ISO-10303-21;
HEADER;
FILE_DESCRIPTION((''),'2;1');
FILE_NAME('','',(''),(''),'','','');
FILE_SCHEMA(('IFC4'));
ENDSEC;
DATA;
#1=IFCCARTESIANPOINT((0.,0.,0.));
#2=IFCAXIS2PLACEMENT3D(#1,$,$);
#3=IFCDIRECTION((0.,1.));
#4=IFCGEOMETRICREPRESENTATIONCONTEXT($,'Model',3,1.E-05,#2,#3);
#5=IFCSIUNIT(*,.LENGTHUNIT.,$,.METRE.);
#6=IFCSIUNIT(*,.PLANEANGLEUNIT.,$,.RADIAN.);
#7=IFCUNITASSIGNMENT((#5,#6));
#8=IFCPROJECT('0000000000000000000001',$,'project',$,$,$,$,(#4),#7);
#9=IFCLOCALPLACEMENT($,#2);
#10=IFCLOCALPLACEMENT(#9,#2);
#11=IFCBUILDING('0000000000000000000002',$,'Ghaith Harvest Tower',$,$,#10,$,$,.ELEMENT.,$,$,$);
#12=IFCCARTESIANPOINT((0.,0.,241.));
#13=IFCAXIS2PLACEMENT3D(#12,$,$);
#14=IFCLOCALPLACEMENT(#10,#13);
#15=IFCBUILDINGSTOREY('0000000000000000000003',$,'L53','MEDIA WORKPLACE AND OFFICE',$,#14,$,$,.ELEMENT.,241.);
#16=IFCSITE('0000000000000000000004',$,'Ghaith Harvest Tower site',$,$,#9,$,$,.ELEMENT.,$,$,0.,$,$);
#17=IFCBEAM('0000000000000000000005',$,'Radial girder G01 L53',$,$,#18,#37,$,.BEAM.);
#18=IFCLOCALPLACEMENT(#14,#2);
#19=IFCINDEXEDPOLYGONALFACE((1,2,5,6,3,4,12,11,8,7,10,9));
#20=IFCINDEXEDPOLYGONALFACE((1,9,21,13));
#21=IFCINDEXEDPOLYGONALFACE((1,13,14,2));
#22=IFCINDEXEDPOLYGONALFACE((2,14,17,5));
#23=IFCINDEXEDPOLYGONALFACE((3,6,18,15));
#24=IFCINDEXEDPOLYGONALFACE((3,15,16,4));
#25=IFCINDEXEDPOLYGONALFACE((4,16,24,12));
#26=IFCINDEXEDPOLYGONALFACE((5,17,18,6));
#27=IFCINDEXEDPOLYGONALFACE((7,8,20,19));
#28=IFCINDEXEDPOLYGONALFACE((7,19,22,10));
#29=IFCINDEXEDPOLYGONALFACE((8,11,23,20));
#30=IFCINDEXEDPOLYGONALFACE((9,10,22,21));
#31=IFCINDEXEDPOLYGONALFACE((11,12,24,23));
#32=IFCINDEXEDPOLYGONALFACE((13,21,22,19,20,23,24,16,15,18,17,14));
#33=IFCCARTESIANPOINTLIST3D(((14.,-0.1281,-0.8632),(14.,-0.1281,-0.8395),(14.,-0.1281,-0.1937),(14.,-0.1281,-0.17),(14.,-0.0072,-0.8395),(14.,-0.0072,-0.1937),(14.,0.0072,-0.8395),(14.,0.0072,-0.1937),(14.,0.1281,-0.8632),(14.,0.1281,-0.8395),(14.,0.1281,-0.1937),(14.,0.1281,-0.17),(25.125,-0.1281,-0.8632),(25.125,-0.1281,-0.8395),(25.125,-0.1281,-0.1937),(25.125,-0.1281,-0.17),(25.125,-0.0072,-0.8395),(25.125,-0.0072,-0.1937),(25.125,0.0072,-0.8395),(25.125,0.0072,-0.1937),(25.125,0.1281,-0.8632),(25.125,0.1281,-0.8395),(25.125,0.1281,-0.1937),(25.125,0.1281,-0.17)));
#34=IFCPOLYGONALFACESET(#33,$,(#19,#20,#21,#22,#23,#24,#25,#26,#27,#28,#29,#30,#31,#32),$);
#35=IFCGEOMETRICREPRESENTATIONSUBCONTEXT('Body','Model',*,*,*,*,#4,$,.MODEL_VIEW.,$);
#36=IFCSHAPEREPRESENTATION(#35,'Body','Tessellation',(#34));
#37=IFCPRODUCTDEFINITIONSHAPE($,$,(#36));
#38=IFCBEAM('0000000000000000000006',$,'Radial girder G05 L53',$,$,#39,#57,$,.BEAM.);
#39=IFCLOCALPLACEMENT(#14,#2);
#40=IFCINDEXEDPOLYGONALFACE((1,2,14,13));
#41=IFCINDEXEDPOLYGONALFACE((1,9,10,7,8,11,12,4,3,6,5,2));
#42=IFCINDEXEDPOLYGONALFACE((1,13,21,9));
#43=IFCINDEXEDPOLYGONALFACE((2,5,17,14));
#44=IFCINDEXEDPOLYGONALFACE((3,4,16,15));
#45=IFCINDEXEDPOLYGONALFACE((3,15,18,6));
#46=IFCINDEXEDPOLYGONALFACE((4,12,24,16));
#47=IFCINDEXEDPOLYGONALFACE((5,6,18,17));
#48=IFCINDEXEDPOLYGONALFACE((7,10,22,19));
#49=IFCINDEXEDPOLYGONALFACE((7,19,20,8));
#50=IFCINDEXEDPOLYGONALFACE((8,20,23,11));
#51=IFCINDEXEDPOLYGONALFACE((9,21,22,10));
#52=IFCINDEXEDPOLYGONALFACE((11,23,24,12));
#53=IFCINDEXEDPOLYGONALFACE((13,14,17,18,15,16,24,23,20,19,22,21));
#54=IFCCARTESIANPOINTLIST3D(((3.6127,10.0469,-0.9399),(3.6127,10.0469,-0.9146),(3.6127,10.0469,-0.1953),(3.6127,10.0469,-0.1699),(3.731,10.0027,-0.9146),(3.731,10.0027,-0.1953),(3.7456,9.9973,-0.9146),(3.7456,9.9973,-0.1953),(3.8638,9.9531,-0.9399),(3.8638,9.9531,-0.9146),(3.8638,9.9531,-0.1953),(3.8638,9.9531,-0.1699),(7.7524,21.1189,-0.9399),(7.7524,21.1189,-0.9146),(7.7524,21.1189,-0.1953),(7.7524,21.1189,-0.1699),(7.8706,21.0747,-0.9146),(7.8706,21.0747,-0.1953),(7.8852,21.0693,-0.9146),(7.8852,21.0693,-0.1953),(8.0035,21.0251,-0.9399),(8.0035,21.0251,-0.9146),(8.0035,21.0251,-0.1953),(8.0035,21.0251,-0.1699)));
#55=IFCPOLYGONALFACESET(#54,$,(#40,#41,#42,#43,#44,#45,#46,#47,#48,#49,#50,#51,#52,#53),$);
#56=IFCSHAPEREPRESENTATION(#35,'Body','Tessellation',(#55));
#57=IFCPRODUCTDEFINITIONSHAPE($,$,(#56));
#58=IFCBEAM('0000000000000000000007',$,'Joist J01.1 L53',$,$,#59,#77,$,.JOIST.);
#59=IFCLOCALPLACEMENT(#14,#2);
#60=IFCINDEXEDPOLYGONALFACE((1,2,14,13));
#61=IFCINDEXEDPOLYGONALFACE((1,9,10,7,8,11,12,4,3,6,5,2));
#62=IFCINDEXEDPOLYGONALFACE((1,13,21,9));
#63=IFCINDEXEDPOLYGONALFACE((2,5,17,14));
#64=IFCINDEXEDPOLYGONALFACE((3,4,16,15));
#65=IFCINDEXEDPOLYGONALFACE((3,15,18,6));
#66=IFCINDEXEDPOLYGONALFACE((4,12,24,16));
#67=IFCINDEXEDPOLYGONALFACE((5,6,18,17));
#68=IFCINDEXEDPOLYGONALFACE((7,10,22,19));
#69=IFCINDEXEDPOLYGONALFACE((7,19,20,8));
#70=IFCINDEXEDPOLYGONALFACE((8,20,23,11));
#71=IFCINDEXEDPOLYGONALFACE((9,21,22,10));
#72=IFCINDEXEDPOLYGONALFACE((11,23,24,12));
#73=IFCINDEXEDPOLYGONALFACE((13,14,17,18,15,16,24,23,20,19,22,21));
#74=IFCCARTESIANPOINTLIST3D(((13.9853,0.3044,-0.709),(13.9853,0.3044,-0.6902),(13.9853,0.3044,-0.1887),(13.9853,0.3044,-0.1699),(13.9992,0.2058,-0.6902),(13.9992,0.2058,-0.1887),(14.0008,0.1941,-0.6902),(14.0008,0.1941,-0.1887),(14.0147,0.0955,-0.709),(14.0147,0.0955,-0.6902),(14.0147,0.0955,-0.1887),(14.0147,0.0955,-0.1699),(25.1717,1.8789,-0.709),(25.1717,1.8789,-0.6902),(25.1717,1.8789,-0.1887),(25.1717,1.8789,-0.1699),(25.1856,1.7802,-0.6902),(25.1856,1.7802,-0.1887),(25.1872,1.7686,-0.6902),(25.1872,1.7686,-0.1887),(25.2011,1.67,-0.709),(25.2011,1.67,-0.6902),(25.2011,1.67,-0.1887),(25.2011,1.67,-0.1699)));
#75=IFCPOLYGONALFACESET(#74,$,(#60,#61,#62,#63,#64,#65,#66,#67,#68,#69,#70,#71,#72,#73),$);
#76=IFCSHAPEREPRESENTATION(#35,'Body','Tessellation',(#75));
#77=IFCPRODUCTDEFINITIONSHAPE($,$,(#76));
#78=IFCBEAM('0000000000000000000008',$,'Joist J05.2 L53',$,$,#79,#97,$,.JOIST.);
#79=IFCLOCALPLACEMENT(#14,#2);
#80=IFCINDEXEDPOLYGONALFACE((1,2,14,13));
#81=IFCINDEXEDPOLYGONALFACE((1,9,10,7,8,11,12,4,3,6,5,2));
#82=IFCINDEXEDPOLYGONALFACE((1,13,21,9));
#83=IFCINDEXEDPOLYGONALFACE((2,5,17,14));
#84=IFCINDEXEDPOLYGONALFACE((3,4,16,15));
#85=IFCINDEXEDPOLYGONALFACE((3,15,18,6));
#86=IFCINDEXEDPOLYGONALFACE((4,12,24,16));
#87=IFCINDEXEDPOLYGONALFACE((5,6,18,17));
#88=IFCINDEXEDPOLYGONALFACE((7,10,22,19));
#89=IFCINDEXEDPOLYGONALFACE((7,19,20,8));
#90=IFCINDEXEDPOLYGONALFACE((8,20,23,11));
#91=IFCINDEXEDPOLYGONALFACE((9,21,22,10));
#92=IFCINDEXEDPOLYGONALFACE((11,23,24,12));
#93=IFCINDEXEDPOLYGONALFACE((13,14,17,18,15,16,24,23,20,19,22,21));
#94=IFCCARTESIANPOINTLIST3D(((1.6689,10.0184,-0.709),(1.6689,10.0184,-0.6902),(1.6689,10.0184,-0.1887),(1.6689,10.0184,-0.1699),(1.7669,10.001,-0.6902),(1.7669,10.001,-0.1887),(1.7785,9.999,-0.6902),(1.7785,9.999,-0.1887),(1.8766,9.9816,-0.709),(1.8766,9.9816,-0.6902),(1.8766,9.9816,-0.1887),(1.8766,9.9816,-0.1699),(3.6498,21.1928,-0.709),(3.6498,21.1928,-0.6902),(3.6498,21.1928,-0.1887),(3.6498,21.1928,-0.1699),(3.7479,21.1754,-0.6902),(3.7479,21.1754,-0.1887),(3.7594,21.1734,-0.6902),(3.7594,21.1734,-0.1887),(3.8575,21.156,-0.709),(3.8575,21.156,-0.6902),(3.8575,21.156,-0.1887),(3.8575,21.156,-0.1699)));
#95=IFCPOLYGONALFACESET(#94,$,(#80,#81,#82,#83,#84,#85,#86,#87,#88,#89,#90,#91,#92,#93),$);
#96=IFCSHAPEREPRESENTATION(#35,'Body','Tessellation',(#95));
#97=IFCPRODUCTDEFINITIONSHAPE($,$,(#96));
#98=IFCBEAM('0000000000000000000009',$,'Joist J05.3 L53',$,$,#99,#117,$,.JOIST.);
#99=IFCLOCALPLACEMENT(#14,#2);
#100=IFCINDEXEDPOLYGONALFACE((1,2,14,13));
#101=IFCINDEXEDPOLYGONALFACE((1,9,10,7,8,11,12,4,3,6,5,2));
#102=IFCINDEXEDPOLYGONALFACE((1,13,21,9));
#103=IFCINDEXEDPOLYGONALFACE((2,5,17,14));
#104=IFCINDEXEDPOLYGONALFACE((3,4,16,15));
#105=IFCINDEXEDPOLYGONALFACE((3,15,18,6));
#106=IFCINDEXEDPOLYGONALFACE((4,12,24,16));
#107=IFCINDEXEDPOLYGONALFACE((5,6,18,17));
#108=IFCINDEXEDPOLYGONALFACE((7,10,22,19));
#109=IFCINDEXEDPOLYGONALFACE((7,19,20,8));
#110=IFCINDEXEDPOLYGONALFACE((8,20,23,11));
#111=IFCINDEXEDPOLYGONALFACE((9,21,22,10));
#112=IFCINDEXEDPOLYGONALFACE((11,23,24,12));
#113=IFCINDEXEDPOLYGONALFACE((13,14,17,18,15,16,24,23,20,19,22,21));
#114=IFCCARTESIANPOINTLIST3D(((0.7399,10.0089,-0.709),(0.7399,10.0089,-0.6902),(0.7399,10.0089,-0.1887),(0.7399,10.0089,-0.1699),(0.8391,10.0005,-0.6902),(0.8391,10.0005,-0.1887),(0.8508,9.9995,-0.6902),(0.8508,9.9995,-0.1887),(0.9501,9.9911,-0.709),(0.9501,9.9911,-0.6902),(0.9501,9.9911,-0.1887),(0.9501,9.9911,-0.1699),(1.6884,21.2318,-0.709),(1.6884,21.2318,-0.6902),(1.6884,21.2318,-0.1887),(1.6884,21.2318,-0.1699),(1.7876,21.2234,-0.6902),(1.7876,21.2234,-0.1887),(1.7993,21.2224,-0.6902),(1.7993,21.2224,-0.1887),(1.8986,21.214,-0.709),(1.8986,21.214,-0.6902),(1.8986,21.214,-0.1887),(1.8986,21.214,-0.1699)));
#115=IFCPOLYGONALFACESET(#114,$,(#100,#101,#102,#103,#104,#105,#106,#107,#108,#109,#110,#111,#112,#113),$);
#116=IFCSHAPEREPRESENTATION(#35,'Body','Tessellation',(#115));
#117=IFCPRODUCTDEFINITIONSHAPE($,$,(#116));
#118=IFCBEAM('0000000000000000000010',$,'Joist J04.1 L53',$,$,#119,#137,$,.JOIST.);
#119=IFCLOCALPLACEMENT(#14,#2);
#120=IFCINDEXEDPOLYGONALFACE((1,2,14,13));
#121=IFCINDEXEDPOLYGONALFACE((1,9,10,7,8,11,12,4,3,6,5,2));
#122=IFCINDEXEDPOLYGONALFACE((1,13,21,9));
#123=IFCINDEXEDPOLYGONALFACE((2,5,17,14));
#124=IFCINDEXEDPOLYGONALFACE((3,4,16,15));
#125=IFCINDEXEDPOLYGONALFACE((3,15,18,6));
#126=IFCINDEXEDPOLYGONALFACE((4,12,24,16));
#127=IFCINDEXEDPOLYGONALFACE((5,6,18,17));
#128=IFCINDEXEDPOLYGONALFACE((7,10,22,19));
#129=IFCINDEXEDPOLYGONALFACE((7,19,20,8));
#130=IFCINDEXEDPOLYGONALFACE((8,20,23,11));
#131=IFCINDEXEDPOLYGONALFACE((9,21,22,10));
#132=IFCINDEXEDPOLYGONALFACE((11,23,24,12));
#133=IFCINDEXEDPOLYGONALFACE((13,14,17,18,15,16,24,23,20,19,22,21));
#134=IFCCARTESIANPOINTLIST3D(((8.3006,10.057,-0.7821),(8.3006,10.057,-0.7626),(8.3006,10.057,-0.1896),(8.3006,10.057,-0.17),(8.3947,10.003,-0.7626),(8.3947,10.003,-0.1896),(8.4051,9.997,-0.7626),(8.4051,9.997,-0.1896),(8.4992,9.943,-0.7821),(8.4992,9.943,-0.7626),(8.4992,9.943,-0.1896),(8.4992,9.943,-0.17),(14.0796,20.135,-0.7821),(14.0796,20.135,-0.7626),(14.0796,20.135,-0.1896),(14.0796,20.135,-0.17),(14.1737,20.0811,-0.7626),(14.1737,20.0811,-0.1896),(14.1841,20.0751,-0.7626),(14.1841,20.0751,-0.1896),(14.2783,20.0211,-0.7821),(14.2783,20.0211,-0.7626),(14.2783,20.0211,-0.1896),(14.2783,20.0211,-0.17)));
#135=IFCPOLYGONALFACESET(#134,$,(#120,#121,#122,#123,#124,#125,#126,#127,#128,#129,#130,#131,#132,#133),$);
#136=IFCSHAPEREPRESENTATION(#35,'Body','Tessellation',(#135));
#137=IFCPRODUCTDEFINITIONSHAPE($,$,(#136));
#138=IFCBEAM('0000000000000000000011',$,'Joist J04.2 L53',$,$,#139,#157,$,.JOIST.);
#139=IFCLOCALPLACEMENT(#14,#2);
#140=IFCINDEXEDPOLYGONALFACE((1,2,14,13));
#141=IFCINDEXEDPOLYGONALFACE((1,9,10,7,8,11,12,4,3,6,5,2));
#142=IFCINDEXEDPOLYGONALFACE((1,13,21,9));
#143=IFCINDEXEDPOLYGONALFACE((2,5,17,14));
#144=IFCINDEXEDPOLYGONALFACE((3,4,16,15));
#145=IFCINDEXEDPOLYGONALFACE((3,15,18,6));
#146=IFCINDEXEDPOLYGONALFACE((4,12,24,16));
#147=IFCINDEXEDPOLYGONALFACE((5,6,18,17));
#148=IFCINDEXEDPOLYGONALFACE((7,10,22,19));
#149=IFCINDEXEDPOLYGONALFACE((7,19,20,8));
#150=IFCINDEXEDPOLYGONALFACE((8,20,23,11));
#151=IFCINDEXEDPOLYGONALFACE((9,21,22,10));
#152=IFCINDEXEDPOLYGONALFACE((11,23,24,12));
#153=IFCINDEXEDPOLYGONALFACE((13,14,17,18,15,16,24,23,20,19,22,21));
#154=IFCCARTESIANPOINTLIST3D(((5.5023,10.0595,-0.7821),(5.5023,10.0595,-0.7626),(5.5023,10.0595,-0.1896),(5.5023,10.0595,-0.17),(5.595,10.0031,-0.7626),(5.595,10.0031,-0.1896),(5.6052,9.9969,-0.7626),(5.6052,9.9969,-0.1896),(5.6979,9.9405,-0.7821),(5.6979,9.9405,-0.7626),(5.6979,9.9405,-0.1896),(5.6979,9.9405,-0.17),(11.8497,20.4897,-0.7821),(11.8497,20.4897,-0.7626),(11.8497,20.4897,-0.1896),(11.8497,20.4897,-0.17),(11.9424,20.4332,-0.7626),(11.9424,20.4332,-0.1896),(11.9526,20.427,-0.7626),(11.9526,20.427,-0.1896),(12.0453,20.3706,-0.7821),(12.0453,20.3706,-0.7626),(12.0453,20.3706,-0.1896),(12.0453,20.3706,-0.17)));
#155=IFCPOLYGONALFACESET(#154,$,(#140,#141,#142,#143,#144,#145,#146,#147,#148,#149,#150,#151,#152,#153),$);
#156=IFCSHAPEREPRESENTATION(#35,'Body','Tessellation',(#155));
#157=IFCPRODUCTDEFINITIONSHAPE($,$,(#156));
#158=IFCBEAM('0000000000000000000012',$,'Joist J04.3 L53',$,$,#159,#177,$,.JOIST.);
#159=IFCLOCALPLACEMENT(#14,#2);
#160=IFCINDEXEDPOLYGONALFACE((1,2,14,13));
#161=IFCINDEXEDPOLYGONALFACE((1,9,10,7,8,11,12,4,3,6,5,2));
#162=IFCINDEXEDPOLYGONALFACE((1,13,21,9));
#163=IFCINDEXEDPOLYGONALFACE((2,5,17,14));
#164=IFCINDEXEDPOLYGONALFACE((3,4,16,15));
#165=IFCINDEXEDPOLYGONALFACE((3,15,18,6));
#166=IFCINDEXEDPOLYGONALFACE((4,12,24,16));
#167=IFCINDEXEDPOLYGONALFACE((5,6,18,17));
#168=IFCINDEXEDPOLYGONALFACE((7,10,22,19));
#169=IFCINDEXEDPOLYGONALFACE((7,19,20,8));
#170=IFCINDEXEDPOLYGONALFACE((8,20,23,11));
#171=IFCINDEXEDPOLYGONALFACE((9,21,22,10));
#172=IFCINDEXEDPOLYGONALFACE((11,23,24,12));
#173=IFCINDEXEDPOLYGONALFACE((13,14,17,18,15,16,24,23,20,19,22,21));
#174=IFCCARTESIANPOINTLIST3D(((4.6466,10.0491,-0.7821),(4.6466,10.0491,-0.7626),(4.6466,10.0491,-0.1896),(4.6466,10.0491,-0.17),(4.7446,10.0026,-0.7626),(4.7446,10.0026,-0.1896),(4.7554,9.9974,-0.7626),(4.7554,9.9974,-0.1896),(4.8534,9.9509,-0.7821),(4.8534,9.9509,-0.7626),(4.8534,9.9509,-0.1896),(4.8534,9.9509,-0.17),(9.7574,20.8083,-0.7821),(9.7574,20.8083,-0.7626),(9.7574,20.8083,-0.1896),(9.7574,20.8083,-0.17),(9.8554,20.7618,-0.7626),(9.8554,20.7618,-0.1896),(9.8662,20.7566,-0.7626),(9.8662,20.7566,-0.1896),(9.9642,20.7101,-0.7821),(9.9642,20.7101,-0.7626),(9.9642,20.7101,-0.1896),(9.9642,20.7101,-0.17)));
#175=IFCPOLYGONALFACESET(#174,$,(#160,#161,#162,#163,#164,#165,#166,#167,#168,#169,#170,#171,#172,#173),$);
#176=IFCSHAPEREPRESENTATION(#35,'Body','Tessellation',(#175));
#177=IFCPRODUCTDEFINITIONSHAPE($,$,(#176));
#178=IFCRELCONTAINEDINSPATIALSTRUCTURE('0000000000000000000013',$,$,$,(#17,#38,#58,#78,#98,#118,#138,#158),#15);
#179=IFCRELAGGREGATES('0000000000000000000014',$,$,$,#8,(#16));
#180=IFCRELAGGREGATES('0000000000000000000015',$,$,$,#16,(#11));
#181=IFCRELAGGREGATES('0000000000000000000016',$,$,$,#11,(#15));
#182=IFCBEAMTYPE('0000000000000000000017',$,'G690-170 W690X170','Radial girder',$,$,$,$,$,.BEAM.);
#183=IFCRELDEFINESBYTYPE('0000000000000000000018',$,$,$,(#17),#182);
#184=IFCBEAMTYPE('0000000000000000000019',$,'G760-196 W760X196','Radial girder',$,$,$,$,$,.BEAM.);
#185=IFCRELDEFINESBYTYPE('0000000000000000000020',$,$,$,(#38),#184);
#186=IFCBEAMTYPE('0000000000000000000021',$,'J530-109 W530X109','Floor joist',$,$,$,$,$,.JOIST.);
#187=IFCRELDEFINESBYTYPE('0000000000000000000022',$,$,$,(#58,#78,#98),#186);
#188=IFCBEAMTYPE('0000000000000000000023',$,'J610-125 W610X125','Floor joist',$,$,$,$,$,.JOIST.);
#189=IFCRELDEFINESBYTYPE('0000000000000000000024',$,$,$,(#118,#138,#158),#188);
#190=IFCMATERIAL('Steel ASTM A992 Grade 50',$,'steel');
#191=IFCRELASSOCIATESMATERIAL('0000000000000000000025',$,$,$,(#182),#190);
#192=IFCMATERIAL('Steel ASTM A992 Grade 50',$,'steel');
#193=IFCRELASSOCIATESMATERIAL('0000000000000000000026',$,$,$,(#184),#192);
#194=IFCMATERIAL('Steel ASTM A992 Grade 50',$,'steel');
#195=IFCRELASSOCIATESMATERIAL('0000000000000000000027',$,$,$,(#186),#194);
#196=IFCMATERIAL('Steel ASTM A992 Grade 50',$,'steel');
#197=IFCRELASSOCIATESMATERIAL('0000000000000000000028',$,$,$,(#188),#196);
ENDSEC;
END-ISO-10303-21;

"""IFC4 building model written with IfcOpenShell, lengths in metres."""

from ifc_helpers import new_model, si_unit, direction, frame, origin, origin_2d, place, context, subcontext, project, spatial, i_section, extrude, material, material_profile, profile_set, type_object, element, save


model = new_model("IFC4")

# Units and contexts
model_context = context("Model", 3, precision=1e-05, world=origin(), true_north=direction((0.0, 1.0)))
body_context = subcontext(model_context, "Body", "Model", "MODEL_VIEW")
ifc_project = project(units=[si_unit("LENGTHUNIT", "METRE"), si_unit("PLANEANGLEUNIT", "RADIAN")], contexts=[model_context])

# Site, building, storey
site_placement = place(None, origin())
site = spatial("IfcSite", under=ifc_project, at=site_placement, Name="Ghaith Harvest Tower site", CompositionType="ELEMENT", RefElevation=0.0)
building_placement = place(site_placement, origin())
building = spatial("IfcBuilding", under=site, at=building_placement, Name="Ghaith Harvest Tower", CompositionType="ELEMENT")
storey_placement = place(building_placement, frame((0.0, 0.0, 241.0)))
storey = spatial("IfcBuildingStorey", under=building, at=storey_placement, Name="L53", Description="MEDIA WORKPLACE AND OFFICE", CompositionType="ELEMENT", Elevation=241.0)

# Beams
ifc_material_1 = material(Name="Steel ASTM A992 Grade 50", Category="steel")
ifc_material_profile_1 = material_profile(ifc_material_1, i_section(OverallWidth=0.2561, OverallDepth=0.6931, WebThickness=0.0144, FlangeThickness=0.0237, at=origin_2d()), Name="W690X170")
ifc_profile_set_1 = profile_set([ifc_material_profile_1], Name="Steel ASTM A992 Grade 50")
beam_type_1 = type_object("IfcBeamType", Name="G690-170 W690X170", Description="Radial girder", PredefinedType="BEAM", material=ifc_profile_set_1)
beam_1_placement = place(storey_placement, frame((14.0, 0.0, -0.5166), z_axis=(1.0, 0.0, 0.0), x_axis=(0.0, 1.0, 0.0)))
element("IfcBeam", 1, at=beam_1_placement, inside=storey, type_object=beam_type_1, Name="Radial girder G01 L53", PredefinedType="BEAM", context=body_context, shape_type="SweptSolid", body=[
    extrude(i_section(OverallWidth=0.2561, OverallDepth=0.6931, WebThickness=0.0144, FlangeThickness=0.0237, at=origin_2d()), origin(), (0.0, 0.0, 1.0), 11.125),
])
ifc_material_2 = material(Name="Steel ASTM A992 Grade 50", Category="steel")
ifc_material_profile_2 = material_profile(ifc_material_2, i_section(OverallWidth=0.2681, OverallDepth=0.77, WebThickness=0.0156, FlangeThickness=0.0254, at=origin_2d()), Name="W760X196")
ifc_profile_set_2 = profile_set([ifc_material_profile_2], Name="Steel ASTM A992 Grade 50")
beam_type_2 = type_object("IfcBeamType", Name="G760-196 W760X196", Description="Radial girder", PredefinedType="BEAM", material=ifc_profile_set_2)
beam_2_placement = place(storey_placement, frame((3.7383, 10.0, -0.5549), z_axis=(0.350207, 0.936672, 0.0), x_axis=(-0.936672, 0.350207, 0.0)))
element("IfcBeam", 2, at=beam_2_placement, inside=storey, type_object=beam_type_2, Name="Radial girder G05 L53", PredefinedType="BEAM", context=body_context, shape_type="SweptSolid", body=[
    extrude(i_section(OverallWidth=0.2681, OverallDepth=0.77, WebThickness=0.0156, FlangeThickness=0.0254, at=origin_2d()), origin(), (0.0, 0.0, 1.0), 11.8206),
])
ifc_material_3 = material(Name="Steel ASTM A992 Grade 50", Category="steel")
ifc_material_profile_3 = material_profile(ifc_material_3, i_section(OverallWidth=0.2109, OverallDepth=0.5391, WebThickness=0.0117, FlangeThickness=0.0188, at=origin_2d()), Name="W530X109")
ifc_profile_set_3 = profile_set([ifc_material_profile_3], Name="Steel ASTM A992 Grade 50")
beam_type_3 = type_object("IfcBeamType", Name="J530-109 W530X109", Description="Floor joist", PredefinedType="JOIST", material=ifc_profile_set_3)
beam_3_placement = place(storey_placement, frame((14.0, 0.2, -0.4395), z_axis=(0.99024, 0.139376, 0.0), x_axis=(-0.139376, 0.99024, 0.0)))
element("IfcBeam", 3, at=beam_3_placement, inside=storey, type_object=beam_type_3, Name="Joist J01.1 L53", PredefinedType="JOIST", context=body_context, shape_type="SweptSolid", body=[
    extrude(i_section(OverallWidth=0.2109, OverallDepth=0.5391, WebThickness=0.0117, FlangeThickness=0.0188, at=origin_2d()), origin(), (0.0, 0.0, 1.0), 11.2966),
])
beam_4_placement = place(storey_placement, frame((1.7727, 10.0, -0.4395), z_axis=(0.174556, 0.984647, 0.0), x_axis=(-0.984647, 0.174556, 0.0)))
element("IfcBeam", 4, at=beam_4_placement, inside=storey, type_object=beam_type_3, Name="Joist J05.2 L53", PredefinedType="JOIST", context=body_context, shape_type="SweptSolid", body=[
    extrude(i_section(OverallWidth=0.2109, OverallDepth=0.5391, WebThickness=0.0117, FlangeThickness=0.0188, at=origin_2d()), origin(), (0.0, 0.0, 1.0), 11.3486),
])
beam_5_placement = place(storey_placement, frame((0.845, 10.0, -0.4395), z_axis=(0.084213, 0.996448, 0.0), x_axis=(-0.996448, 0.084213, 0.0)))
element("IfcBeam", 5, at=beam_5_placement, inside=storey, type_object=beam_type_3, Name="Joist J05.3 L53", PredefinedType="JOIST", context=body_context, shape_type="SweptSolid", body=[
    extrude(i_section(OverallWidth=0.2109, OverallDepth=0.5391, WebThickness=0.0117, FlangeThickness=0.0188, at=origin_2d()), origin(), (0.0, 0.0, 1.0), 11.2629),
])
ifc_material_4 = material(Name="Steel ASTM A992 Grade 50", Category="steel")
ifc_material_profile_4 = material_profile(ifc_material_4, i_section(OverallWidth=0.229, OverallDepth=0.6121, WebThickness=0.012, FlangeThickness=0.0195, at=origin_2d()), Name="W610X125")
ifc_profile_set_4 = profile_set([ifc_material_profile_4], Name="Steel ASTM A992 Grade 50")
beam_type_4 = type_object("IfcBeamType", Name="J610-125 W610X125", Description="Floor joist", PredefinedType="JOIST", material=ifc_profile_set_4)
beam_6_placement = place(storey_placement, frame((8.3999, 10.0, -0.4761), z_axis=(0.497444, 0.867496, 0.0), x_axis=(-0.867496, 0.497444, 0.0)))
element("IfcBeam", 6, at=beam_6_placement, inside=storey, type_object=beam_type_4, Name="Joist J04.1 L53", PredefinedType="JOIST", context=body_context, shape_type="SweptSolid", body=[
    extrude(i_section(OverallWidth=0.229, OverallDepth=0.6121, WebThickness=0.012, FlangeThickness=0.0195, at=origin_2d()), origin(), (0.0, 0.0, 1.0), 11.6174),
])
beam_7_placement = place(storey_placement, frame((5.6001, 10.0, -0.4761), z_axis=(0.519864, 0.854249, 0.0), x_axis=(-0.854249, 0.519864, 0.0)))
element("IfcBeam", 7, at=beam_7_placement, inside=storey, type_object=beam_type_4, Name="Joist J04.2 L53", PredefinedType="JOIST", context=body_context, shape_type="SweptSolid", body=[
    extrude(i_section(OverallWidth=0.229, OverallDepth=0.6121, WebThickness=0.012, FlangeThickness=0.0195, at=origin_2d()), origin(), (0.0, 0.0, 1.0), 12.2097),
])
beam_8_placement = place(storey_placement, frame((4.75, 10.0, -0.4761), z_axis=(0.429069, 0.903272, 0.0), x_axis=(-0.903272, 0.429069, 0.0)))
element("IfcBeam", 8, at=beam_8_placement, inside=storey, type_object=beam_type_4, Name="Joist J04.3 L53", PredefinedType="JOIST", context=body_context, shape_type="SweptSolid", body=[
    extrude(i_section(OverallWidth=0.229, OverallDepth=0.6121, WebThickness=0.012, FlangeThickness=0.0195, at=origin_2d()), origin(), (0.0, 0.0, 1.0), 11.9114),
])

save(model, "model.ifc")
